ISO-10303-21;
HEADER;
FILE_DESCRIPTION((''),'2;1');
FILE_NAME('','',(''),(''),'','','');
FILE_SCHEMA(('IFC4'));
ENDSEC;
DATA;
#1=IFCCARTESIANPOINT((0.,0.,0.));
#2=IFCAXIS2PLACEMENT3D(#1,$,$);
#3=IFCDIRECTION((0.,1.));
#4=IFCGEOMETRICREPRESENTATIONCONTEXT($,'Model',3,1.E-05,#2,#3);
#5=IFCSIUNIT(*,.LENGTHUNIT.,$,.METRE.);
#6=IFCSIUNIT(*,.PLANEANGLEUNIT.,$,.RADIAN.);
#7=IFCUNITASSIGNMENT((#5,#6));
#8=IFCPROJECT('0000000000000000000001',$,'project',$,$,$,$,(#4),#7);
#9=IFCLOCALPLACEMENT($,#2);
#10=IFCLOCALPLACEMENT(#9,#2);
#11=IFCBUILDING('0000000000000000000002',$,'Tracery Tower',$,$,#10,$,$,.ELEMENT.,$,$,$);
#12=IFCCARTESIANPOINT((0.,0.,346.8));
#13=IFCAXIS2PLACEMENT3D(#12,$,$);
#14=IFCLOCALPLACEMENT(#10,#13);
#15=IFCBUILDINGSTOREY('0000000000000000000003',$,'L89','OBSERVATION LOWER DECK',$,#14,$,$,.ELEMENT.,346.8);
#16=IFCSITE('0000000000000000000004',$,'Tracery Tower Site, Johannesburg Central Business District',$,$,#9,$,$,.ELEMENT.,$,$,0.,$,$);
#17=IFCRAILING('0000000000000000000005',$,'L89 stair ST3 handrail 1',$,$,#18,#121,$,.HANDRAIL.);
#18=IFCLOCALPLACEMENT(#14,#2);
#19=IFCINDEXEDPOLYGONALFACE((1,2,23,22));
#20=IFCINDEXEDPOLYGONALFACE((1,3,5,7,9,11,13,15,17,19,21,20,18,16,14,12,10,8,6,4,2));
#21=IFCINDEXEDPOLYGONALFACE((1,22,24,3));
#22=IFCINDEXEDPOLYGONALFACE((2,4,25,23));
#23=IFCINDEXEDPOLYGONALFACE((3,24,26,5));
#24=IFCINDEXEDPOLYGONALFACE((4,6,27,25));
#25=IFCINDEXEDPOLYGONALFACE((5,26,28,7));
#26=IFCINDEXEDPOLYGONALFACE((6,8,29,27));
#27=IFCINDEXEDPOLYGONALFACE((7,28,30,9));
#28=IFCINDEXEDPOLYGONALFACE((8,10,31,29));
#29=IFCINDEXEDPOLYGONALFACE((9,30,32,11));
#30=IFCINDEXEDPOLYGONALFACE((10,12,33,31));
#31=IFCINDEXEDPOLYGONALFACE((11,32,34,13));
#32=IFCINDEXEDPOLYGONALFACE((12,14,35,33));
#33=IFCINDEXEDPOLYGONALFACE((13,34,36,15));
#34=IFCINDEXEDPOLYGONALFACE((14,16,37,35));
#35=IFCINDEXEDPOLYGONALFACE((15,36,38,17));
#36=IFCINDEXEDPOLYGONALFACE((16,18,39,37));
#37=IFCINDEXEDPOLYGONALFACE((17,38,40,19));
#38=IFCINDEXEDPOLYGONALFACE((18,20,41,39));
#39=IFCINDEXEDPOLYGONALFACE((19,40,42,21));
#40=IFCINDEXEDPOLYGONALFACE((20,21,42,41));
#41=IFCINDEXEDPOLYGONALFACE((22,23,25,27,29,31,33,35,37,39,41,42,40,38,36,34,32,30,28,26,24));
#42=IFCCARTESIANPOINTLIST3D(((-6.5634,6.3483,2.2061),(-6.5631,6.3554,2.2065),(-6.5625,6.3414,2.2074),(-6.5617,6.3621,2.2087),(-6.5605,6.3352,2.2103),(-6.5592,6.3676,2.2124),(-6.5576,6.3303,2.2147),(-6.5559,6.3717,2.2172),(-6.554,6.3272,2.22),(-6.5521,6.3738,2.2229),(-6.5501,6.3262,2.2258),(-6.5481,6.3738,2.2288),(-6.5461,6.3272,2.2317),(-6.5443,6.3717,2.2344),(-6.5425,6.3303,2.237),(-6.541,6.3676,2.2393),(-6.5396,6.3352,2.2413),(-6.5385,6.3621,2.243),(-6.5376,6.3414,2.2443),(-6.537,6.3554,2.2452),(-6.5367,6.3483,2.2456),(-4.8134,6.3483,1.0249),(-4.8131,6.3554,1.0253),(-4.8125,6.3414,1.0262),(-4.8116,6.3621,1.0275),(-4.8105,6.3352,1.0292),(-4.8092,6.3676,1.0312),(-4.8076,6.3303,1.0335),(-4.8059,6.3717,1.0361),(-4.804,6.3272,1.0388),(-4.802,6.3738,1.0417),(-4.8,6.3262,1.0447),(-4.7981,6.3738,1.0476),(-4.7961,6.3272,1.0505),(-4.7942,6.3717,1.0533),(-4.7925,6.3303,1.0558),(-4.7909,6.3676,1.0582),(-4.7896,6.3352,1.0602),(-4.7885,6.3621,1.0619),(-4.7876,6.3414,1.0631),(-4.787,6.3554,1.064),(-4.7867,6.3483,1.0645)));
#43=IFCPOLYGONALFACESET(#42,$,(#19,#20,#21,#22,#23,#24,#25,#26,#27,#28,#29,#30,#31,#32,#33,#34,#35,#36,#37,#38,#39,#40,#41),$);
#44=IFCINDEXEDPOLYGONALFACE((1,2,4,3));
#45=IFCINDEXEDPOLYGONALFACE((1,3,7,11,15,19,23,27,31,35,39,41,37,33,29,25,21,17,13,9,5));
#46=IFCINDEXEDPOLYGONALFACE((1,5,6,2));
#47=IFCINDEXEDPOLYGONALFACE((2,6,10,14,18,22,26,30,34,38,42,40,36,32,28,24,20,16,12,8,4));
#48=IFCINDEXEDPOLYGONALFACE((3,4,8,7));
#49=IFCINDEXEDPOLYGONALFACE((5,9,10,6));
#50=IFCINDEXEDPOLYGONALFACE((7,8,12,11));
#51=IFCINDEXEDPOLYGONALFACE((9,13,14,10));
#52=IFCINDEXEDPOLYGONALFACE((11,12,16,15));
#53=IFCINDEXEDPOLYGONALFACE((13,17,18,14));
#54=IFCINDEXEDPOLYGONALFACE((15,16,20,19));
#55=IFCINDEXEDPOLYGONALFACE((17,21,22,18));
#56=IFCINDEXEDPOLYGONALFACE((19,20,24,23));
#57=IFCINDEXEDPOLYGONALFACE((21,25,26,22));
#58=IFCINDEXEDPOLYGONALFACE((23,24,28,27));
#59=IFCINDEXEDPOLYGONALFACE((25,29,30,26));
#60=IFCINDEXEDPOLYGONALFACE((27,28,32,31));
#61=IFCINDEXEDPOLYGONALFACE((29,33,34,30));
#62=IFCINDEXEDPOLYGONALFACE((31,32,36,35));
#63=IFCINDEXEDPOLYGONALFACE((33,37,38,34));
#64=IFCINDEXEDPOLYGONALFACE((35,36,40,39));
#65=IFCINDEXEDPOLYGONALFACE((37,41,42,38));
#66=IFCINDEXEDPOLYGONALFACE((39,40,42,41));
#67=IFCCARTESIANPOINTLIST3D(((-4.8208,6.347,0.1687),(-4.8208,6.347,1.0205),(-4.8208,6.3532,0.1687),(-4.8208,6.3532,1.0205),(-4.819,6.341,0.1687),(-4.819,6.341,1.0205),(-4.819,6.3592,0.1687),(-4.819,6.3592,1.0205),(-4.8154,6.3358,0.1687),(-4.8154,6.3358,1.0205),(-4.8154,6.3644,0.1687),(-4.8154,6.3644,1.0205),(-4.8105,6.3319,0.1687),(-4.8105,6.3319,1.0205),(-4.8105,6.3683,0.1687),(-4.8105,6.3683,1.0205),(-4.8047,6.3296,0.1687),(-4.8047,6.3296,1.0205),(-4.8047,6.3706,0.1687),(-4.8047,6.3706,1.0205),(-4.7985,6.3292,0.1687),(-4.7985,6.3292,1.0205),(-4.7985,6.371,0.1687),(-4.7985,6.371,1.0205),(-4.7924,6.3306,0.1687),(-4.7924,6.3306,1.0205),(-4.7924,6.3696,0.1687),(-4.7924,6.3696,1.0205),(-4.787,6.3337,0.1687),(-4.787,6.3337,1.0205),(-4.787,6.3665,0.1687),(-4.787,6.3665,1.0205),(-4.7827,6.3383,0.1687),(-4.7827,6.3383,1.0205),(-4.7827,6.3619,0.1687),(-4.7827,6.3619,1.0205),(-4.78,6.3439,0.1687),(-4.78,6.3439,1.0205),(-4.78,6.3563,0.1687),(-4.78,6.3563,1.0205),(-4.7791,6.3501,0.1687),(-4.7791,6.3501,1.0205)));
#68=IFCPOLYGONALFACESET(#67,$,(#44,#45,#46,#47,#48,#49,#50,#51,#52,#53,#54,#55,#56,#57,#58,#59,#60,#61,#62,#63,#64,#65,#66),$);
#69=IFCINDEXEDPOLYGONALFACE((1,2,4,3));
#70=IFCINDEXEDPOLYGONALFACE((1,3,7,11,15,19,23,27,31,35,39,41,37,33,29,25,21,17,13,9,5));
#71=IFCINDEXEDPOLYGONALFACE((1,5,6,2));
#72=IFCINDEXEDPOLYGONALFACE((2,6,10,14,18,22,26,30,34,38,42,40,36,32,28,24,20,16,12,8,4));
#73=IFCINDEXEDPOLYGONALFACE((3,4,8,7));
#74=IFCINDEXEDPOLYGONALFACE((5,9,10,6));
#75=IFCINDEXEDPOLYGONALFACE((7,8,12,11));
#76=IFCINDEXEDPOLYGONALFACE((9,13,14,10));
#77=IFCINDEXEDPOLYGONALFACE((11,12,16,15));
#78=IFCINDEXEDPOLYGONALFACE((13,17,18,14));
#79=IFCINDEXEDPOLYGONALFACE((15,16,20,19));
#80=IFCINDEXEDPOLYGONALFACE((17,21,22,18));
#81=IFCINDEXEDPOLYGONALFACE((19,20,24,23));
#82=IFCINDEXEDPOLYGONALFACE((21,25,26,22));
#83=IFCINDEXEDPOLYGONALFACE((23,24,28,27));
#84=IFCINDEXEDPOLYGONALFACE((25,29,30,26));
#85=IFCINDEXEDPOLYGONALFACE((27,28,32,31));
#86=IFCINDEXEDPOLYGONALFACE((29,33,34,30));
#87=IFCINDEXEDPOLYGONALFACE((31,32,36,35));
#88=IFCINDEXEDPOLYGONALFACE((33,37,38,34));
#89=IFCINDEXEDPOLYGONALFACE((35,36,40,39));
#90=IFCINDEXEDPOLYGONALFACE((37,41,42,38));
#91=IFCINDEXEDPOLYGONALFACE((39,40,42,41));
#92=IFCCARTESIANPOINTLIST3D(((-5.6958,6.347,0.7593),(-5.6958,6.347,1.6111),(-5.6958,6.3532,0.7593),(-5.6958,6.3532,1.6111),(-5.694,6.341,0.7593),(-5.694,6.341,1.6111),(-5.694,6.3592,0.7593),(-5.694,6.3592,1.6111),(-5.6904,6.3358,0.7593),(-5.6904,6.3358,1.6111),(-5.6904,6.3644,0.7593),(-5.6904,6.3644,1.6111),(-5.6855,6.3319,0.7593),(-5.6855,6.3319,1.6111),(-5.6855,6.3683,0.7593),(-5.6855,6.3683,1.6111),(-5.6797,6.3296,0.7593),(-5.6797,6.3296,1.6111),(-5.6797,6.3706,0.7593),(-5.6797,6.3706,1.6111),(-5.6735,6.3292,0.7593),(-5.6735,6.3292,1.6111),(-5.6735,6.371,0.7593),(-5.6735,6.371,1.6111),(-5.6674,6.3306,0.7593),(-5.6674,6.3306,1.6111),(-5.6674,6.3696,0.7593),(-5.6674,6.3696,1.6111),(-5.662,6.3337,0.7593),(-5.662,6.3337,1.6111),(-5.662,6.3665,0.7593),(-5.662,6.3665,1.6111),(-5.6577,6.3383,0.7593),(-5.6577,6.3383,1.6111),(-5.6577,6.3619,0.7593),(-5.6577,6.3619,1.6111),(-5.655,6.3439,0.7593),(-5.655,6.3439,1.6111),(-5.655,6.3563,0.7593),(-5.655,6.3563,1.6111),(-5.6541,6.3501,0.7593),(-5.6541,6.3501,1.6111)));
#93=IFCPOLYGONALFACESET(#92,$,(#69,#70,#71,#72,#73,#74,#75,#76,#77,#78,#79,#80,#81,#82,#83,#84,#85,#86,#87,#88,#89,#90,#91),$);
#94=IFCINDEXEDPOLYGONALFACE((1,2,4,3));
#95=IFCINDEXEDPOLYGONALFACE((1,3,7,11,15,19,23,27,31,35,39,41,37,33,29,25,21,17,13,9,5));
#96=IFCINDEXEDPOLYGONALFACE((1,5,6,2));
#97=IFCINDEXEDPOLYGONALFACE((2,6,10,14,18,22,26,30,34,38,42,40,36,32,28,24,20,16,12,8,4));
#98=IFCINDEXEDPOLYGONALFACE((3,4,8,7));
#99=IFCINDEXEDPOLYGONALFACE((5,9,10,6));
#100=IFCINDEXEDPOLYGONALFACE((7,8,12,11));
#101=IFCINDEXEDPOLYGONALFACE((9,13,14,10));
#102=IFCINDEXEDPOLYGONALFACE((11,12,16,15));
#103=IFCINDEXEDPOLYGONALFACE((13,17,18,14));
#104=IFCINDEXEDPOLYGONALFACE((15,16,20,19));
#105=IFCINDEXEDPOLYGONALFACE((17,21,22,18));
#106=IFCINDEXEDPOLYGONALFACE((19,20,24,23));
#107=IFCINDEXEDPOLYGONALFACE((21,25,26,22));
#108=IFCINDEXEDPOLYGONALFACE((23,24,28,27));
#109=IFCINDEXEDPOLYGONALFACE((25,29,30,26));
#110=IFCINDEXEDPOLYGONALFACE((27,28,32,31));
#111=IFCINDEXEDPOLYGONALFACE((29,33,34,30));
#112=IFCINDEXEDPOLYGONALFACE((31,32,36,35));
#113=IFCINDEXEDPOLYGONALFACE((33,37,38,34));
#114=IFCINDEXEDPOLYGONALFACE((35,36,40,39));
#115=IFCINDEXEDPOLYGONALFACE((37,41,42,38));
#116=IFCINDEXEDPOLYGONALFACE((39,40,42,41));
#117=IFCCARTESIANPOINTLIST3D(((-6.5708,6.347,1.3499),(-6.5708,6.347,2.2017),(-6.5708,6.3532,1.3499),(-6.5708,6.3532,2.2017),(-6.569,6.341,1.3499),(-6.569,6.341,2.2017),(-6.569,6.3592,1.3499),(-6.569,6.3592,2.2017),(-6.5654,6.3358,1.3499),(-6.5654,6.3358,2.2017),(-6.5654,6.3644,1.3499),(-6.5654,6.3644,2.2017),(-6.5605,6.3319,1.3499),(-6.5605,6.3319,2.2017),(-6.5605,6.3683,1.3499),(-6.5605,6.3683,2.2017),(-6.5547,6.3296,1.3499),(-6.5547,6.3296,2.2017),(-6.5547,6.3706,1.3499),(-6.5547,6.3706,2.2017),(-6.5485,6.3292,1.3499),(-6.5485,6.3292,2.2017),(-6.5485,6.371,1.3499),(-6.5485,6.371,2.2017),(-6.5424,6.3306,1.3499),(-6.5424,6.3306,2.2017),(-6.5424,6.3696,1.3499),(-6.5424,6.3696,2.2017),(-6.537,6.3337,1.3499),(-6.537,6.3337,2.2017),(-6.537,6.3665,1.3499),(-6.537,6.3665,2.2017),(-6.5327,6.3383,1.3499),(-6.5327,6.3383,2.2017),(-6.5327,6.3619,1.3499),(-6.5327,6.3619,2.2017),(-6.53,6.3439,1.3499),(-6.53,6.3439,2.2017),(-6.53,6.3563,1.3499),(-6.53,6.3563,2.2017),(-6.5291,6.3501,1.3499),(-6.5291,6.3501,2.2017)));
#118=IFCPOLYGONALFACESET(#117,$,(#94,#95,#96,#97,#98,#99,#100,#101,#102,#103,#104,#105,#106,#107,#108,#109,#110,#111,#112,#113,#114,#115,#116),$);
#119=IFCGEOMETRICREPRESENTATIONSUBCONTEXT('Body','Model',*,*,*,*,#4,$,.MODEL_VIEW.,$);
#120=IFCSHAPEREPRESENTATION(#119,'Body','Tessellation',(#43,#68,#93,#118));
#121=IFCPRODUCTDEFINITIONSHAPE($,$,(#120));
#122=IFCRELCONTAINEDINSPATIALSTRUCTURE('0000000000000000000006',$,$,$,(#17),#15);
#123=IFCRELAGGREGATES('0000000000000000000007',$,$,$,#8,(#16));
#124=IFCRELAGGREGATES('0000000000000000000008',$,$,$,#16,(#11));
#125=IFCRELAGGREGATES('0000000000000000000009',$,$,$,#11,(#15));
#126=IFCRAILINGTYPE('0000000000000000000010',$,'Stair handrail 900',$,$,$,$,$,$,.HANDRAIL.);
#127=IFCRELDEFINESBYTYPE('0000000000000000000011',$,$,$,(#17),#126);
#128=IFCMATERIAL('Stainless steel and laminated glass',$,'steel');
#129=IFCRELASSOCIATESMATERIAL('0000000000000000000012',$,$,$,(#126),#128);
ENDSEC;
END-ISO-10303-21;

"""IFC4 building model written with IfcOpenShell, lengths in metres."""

from ifc_helpers import new_model, si_unit, direction, frame, origin, origin_2d, place, context, subcontext, project, spatial, circle, extrude, material, type_object, element, save


model = new_model("IFC4")

# Units and contexts
model_context = context("Model", 3, precision=1e-05, world=origin(), true_north=direction((0.0, 1.0)))
body_context = subcontext(model_context, "Body", "Model", "MODEL_VIEW")
ifc_project = project(units=[si_unit("LENGTHUNIT", "METRE"), si_unit("PLANEANGLEUNIT", "RADIAN")], contexts=[model_context])

# Site, building, storey
site_placement = place(None, origin())
site = spatial("IfcSite", under=ifc_project, at=site_placement, Name="Tracery Tower Site, Johannesburg Central Business District", CompositionType="ELEMENT", RefElevation=0.0)
building_placement = place(site_placement, origin())
building = spatial("IfcBuilding", under=site, at=building_placement, Name="Tracery Tower", CompositionType="ELEMENT")
storey_placement = place(building_placement, frame((0.0, 0.0, 346.8)))
storey = spatial("IfcBuildingStorey", under=building, at=storey_placement, Name="L89", Description="OBSERVATION LOWER DECK", CompositionType="ELEMENT", Elevation=346.8)

# Railing
ifc_material_1 = material(Name="Stainless steel and laminated glass", Category="steel")
railing_type_1 = type_object("IfcRailingType", Name="Stair handrail 900", PredefinedType="HANDRAIL", material=ifc_material_1)
railing_1_placement = place(storey_placement, frame((-4.8, 6.3501, 0.1687)))
element("IfcRailing", 1, at=railing_1_placement, inside=storey, type_object=railing_type_1, Name="L89 stair ST3 handrail 1", PredefinedType="HANDRAIL", context=body_context, shape_type="SweptSolid", body=[
    extrude(circle(Radius=0.0239, at=origin_2d()), frame((0.0, 0.0, 0.876), z_axis=(-0.82887, 0.0, 0.559441), x_axis=(0.0, -1.0, 0.0)), (0.0, 0.0, 1.0), 2.1113),
    extrude(circle(Radius=0.021, at=origin_2d()), origin(), (0.0, 0.0, 1.0), 0.8518),
    extrude(circle(Radius=0.021, at=origin_2d()), frame((-0.875, 0.0, 0.5906)), (0.0, 0.0, 1.0), 0.8518),
    extrude(circle(Radius=0.021, at=origin_2d()), frame((-1.75, 0.0, 1.1812)), (0.0, 0.0, 1.0), 0.8518),
])

save(model, "model.ifc")
